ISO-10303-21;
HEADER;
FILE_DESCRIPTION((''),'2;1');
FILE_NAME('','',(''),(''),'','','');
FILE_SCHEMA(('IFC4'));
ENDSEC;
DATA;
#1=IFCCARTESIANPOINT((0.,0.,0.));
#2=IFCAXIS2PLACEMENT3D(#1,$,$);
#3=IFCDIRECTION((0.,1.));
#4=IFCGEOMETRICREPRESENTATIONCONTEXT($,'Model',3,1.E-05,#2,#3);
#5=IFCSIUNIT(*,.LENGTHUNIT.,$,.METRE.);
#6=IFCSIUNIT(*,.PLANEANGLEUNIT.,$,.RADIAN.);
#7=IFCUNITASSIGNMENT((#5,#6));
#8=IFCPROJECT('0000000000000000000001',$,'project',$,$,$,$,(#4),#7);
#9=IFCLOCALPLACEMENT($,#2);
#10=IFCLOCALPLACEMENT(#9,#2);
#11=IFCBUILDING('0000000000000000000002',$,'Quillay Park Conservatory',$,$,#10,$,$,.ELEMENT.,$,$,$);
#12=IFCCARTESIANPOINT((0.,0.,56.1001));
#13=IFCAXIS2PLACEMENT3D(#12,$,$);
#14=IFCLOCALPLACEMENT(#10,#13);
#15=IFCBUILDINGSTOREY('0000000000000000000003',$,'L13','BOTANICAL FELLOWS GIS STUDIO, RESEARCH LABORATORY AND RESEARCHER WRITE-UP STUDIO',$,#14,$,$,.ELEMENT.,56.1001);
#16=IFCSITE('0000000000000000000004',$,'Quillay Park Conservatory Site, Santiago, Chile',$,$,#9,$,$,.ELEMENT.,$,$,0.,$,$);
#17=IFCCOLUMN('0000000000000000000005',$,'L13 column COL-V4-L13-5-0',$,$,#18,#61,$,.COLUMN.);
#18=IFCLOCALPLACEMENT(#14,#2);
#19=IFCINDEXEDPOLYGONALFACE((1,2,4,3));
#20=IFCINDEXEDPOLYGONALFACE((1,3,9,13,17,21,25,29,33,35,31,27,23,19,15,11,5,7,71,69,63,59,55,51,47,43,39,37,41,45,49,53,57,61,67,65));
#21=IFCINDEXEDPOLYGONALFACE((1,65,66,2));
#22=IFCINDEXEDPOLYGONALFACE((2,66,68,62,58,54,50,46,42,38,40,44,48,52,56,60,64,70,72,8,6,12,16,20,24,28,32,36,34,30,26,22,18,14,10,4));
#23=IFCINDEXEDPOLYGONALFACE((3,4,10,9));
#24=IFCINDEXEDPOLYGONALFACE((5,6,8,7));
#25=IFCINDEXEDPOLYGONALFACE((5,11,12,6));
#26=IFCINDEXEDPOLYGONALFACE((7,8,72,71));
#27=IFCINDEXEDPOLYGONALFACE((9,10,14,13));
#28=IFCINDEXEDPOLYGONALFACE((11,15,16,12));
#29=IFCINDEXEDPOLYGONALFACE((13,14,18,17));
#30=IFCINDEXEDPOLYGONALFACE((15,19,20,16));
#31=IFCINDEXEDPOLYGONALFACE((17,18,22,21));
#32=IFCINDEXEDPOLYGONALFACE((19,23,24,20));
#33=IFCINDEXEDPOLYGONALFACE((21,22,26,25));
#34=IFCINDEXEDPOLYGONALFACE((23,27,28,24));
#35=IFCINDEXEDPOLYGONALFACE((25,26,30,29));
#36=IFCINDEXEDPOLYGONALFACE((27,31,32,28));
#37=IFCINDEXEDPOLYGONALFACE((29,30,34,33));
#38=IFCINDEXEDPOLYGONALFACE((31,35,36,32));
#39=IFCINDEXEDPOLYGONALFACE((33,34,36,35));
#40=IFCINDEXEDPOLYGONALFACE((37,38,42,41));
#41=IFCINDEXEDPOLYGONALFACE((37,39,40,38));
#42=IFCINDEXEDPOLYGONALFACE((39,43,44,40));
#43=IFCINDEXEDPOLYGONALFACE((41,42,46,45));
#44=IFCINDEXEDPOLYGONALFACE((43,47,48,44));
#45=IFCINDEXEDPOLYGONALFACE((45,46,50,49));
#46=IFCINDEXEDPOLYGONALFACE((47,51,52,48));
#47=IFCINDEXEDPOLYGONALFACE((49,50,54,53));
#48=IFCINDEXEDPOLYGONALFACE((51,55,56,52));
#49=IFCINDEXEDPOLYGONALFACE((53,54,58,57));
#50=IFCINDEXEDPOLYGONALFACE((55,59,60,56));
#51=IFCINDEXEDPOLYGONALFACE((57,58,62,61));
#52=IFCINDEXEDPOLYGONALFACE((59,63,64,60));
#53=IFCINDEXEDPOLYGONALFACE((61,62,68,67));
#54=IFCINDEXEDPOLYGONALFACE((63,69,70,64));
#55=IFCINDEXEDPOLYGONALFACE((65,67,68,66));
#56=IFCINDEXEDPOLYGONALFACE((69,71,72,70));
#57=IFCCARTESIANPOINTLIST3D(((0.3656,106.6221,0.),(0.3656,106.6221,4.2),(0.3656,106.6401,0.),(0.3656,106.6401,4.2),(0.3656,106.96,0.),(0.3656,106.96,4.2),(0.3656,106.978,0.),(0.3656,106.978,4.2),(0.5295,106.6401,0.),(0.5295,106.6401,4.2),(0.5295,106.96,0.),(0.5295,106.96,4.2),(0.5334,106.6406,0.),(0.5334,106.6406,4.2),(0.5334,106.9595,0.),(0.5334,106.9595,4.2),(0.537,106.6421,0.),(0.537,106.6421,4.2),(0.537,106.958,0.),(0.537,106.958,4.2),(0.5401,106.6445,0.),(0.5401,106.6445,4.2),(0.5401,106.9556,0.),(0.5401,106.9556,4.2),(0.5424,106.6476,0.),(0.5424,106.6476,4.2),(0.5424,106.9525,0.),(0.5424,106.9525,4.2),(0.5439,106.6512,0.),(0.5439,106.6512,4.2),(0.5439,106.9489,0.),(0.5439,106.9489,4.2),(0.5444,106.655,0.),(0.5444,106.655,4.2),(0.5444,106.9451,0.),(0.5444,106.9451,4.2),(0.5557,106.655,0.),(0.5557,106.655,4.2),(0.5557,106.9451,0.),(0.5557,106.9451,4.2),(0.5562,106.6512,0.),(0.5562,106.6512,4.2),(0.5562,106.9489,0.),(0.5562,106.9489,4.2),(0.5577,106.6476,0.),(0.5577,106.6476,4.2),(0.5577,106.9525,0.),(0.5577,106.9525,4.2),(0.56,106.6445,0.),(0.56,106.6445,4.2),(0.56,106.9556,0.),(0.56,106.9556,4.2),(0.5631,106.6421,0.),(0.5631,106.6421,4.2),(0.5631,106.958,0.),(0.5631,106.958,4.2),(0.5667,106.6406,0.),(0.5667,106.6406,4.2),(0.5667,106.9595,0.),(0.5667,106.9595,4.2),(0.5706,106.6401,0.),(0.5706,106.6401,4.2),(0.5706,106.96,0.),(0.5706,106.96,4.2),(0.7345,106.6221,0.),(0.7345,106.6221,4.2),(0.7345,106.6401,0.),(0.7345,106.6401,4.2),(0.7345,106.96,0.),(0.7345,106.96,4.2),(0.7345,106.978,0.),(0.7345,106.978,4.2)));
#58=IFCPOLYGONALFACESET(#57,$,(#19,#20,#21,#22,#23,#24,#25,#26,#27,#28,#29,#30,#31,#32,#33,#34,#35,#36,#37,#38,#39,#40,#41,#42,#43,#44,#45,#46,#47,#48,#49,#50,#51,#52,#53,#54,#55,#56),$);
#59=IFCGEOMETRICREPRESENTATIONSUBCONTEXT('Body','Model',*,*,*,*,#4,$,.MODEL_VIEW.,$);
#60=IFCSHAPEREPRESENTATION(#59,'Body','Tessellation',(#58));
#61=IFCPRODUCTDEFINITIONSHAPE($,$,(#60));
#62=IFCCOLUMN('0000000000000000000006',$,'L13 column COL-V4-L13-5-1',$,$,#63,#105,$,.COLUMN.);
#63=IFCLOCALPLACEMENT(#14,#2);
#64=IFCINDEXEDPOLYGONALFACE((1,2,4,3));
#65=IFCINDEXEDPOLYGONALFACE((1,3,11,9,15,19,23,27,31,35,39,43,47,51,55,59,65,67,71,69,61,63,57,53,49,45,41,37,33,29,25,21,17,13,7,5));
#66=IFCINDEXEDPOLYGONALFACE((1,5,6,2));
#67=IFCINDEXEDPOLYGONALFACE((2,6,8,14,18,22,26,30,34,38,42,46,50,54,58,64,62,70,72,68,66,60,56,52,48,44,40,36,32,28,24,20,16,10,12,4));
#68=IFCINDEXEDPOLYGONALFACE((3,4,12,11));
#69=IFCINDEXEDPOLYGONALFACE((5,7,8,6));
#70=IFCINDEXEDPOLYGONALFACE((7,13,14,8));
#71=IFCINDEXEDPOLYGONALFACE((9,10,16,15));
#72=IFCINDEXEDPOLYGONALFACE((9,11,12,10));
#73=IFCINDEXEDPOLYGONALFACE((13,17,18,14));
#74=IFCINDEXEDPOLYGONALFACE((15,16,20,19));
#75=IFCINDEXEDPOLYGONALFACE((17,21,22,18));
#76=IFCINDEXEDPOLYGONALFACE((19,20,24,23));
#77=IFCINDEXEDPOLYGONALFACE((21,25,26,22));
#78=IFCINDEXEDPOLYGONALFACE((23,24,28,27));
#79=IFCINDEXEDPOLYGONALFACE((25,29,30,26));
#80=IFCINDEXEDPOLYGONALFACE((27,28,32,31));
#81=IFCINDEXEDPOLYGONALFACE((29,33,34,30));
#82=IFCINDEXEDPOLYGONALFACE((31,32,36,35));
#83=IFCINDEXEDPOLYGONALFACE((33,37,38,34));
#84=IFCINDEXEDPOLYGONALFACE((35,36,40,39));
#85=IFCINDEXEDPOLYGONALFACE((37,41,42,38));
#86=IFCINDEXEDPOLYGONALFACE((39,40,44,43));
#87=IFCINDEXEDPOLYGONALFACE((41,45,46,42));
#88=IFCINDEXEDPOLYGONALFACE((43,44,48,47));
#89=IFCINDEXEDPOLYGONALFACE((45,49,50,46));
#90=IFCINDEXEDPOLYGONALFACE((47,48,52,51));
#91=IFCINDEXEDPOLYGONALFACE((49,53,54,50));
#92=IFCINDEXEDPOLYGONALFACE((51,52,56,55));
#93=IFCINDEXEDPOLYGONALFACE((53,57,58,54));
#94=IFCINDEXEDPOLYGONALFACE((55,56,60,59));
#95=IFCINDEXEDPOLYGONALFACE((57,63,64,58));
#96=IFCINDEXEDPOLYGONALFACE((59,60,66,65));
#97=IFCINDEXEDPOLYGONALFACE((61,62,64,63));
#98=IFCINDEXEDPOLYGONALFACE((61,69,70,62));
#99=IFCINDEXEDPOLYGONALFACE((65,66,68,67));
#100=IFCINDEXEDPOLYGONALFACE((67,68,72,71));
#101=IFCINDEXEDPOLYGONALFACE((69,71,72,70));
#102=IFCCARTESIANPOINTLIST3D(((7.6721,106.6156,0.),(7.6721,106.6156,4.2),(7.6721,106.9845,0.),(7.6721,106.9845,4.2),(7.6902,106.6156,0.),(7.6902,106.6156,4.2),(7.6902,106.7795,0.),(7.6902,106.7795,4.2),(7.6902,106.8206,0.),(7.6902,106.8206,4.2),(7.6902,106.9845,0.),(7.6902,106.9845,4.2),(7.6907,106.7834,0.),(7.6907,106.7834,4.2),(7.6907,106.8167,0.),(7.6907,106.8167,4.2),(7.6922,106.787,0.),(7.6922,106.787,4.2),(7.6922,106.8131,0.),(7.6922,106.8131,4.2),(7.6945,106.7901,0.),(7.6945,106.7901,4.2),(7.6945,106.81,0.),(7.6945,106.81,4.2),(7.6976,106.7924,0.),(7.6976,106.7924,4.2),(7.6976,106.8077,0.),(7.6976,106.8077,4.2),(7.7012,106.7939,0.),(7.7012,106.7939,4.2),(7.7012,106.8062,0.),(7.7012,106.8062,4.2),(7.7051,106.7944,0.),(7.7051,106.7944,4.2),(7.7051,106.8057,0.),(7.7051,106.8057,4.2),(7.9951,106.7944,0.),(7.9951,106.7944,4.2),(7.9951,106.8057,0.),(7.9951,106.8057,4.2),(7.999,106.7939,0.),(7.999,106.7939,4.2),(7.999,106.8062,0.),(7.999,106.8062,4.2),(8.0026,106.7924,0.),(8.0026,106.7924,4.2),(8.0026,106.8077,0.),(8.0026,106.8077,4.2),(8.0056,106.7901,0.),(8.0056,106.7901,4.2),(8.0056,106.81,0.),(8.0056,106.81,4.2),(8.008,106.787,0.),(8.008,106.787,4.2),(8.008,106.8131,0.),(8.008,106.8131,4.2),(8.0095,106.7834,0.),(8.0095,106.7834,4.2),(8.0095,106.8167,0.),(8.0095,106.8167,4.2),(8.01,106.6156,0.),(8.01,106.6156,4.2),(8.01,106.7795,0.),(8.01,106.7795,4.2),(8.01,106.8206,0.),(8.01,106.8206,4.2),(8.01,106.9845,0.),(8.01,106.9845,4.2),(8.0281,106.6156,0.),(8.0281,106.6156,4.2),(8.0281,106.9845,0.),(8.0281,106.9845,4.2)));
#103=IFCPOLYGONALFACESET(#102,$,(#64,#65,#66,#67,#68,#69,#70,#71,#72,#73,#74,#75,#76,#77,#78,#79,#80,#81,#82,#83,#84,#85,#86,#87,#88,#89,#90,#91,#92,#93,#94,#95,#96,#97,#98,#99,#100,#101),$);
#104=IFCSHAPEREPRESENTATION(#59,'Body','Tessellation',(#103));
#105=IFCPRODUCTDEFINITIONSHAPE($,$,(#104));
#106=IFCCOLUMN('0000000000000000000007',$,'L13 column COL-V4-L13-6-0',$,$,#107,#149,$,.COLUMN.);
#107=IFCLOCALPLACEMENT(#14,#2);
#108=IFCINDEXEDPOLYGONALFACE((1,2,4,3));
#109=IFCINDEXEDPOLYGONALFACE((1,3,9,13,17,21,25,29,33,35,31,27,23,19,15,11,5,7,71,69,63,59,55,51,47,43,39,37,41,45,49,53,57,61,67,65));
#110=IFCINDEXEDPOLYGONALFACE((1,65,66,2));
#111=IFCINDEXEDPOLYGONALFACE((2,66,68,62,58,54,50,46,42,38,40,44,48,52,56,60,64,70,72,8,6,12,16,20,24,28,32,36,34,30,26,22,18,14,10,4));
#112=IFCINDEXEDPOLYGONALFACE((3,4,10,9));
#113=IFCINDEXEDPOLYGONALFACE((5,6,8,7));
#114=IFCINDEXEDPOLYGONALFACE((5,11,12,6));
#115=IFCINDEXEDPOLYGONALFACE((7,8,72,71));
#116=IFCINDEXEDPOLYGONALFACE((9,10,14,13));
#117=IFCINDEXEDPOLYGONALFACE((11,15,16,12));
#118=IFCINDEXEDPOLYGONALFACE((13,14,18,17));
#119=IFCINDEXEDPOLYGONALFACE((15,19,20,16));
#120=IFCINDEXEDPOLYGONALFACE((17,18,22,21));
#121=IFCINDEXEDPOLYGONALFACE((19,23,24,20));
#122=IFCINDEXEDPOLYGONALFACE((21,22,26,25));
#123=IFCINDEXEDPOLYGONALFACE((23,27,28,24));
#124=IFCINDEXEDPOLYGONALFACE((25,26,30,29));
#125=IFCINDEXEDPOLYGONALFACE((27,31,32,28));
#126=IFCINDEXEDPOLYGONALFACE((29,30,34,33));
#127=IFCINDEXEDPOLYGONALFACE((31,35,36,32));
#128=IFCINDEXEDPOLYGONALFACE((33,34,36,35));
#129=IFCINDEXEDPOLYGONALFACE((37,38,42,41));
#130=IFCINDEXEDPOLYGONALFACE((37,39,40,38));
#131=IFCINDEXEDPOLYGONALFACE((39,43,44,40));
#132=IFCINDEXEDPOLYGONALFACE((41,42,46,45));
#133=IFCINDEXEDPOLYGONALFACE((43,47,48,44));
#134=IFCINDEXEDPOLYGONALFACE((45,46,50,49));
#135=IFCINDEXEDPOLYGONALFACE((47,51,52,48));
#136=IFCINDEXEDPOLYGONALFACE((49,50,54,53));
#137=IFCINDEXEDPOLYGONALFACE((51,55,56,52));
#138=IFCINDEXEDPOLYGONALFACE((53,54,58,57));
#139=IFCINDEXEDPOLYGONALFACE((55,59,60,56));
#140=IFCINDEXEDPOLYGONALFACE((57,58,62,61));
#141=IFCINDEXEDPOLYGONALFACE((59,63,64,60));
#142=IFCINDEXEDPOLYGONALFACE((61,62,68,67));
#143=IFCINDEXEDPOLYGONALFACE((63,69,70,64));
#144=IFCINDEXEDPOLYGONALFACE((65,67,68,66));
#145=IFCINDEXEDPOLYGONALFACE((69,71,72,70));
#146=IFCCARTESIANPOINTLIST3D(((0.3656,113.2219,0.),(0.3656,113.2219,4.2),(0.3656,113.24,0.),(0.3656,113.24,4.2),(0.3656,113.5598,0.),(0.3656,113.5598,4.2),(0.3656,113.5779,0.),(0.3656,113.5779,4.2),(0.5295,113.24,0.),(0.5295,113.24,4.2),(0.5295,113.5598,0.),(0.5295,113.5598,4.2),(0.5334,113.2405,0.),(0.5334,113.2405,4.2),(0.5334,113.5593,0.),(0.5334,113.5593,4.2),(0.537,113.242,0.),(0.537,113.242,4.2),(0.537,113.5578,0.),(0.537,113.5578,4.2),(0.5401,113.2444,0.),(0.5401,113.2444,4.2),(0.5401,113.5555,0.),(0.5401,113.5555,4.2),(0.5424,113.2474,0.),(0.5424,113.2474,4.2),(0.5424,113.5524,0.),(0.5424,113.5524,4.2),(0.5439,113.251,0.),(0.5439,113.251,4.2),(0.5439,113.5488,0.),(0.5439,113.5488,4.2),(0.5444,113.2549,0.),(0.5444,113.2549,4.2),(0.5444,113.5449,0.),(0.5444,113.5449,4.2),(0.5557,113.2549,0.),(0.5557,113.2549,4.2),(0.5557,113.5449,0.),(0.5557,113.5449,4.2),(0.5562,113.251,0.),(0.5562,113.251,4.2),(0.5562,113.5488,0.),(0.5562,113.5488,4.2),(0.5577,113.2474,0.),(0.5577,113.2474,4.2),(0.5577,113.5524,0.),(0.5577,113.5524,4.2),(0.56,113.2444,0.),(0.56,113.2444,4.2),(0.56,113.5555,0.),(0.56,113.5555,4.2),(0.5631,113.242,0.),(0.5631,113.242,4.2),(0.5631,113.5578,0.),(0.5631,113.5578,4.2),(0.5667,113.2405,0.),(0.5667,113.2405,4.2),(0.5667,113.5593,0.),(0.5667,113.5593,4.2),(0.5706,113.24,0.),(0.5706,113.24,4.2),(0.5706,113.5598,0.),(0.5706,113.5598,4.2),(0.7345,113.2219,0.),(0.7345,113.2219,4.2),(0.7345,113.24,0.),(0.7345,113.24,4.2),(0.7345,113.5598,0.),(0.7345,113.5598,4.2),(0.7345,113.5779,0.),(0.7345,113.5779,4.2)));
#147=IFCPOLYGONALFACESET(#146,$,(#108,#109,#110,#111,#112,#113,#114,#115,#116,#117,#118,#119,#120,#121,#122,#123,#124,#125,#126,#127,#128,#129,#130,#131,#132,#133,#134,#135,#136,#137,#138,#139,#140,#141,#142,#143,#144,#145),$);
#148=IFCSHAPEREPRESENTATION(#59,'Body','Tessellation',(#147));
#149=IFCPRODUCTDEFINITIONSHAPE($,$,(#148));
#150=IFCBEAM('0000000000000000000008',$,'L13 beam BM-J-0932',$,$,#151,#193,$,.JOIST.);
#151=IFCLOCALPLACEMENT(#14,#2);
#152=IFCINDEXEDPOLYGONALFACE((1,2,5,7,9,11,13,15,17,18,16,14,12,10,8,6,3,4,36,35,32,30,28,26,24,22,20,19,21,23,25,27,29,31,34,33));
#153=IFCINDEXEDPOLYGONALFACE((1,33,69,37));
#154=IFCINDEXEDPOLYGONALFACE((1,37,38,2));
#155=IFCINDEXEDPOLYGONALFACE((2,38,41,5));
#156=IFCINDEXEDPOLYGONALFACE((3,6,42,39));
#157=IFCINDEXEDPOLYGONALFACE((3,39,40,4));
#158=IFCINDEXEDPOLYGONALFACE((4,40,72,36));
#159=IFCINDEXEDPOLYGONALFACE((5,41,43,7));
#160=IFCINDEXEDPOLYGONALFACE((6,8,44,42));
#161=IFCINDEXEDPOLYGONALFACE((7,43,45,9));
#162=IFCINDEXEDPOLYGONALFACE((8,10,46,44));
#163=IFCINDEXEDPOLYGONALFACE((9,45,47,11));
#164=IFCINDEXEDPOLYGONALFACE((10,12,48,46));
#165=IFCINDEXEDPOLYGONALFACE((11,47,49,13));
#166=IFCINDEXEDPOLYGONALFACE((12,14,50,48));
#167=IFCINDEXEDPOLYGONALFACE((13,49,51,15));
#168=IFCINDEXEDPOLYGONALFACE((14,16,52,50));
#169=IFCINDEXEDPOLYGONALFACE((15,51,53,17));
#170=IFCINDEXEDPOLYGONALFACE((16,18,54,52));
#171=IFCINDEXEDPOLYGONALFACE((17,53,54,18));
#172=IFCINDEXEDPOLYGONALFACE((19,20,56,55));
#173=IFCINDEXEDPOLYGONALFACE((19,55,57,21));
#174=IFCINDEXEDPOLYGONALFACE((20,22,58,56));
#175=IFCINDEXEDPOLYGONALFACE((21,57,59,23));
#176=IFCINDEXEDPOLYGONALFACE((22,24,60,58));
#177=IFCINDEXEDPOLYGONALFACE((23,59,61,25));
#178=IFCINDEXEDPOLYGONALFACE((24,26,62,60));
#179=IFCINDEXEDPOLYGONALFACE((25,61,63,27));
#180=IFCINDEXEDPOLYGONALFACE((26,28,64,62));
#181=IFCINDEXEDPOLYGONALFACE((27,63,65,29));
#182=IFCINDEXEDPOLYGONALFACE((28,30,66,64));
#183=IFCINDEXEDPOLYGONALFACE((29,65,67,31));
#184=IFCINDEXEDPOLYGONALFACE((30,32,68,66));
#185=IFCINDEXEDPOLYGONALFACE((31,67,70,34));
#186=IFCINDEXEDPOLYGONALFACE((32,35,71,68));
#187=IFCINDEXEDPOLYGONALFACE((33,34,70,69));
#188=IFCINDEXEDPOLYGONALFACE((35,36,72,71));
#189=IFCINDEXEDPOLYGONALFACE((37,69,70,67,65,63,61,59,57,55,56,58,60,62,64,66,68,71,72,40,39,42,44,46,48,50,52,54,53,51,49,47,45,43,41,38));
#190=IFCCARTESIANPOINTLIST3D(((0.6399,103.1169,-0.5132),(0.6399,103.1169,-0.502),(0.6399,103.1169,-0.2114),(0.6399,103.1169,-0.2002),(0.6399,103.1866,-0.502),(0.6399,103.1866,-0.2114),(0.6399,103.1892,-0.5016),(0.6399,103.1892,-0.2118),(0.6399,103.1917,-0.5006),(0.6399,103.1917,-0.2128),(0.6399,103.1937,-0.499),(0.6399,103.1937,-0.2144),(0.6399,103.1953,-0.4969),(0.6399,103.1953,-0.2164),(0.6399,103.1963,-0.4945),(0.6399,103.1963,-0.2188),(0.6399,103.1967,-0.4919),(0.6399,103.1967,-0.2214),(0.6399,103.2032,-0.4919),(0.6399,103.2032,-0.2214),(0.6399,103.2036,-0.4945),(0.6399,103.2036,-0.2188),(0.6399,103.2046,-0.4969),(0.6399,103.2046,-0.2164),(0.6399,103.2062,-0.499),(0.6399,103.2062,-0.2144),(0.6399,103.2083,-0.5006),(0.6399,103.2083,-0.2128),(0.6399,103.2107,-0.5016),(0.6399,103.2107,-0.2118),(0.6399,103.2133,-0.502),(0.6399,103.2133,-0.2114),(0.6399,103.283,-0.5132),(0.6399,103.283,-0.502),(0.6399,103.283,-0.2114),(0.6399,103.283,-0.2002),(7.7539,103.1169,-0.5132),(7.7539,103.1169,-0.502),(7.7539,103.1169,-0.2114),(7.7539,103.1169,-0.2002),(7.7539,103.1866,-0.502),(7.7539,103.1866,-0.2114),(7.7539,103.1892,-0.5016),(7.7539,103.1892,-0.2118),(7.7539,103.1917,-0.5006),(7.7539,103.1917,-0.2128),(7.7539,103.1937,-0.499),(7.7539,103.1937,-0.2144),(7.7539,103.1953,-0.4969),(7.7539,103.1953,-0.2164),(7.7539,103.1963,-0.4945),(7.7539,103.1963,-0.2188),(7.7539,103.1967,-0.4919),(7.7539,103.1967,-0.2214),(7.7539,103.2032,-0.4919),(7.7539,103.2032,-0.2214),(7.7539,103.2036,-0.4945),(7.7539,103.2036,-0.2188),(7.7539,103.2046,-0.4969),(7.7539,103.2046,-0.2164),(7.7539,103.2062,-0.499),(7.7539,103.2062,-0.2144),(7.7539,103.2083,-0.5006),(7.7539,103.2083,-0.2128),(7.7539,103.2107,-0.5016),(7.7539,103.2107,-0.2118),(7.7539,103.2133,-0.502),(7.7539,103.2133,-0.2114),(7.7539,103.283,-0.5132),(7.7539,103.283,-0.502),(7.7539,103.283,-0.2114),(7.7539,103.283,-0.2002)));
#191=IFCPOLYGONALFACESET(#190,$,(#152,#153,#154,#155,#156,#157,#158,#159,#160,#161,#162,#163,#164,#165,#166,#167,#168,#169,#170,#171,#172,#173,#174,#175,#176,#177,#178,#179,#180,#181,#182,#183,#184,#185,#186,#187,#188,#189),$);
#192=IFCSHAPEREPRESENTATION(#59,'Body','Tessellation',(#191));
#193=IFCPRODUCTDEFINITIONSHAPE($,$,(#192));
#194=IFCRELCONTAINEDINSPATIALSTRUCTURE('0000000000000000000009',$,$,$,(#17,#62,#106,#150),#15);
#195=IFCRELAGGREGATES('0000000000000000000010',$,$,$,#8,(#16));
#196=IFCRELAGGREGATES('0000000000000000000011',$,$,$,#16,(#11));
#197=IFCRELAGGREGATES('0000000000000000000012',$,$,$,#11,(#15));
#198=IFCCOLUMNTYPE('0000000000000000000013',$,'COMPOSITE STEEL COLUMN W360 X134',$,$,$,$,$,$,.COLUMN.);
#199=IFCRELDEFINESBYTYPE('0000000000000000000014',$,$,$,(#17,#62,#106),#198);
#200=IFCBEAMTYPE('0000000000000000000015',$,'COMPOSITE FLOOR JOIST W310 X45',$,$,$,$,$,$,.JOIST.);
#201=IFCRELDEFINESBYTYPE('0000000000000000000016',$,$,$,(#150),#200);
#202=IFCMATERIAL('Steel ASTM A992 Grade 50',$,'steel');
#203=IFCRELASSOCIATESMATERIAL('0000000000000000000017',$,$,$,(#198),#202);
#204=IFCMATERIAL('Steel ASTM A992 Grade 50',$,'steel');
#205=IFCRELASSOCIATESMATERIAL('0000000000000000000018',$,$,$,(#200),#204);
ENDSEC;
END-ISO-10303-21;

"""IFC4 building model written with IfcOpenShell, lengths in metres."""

from ifc_helpers import new_model, si_unit, direction, frame, origin, origin_2d, place, context, subcontext, project, spatial, i_section, extrude, material, material_profile, profile_set, type_object, element, save


model = new_model("IFC4")

# Units and contexts
model_context = context("Model", 3, precision=1e-05, world=origin(), true_north=direction((0.0, 1.0)))
body_context = subcontext(model_context, "Body", "Model", "MODEL_VIEW")
ifc_project = project(units=[si_unit("LENGTHUNIT", "METRE"), si_unit("PLANEANGLEUNIT", "RADIAN")], contexts=[model_context])

# Site, building, storey
site_placement = place(None, origin())
site = spatial("IfcSite", under=ifc_project, at=site_placement, Name="Quillay Park Conservatory Site, Santiago, Chile", CompositionType="ELEMENT", RefElevation=0.0)
building_placement = place(site_placement, origin())
building = spatial("IfcBuilding", under=site, at=building_placement, Name="Quillay Park Conservatory", CompositionType="ELEMENT")
storey_placement = place(building_placement, frame((0.0, 0.0, 56.1001)))
storey = spatial("IfcBuildingStorey", under=building, at=storey_placement, Name="L13", Description="BOTANICAL FELLOWS GIS STUDIO, RESEARCH LABORATORY AND RESEARCHER WRITE-UP STUDIO", CompositionType="ELEMENT", Elevation=56.1001)

# Columns
ifc_material_1 = material(Name="Steel ASTM A992 Grade 50", Category="steel")
ifc_material_profile_1 = material_profile(ifc_material_1, i_section(OverallWidth=0.3689, OverallDepth=0.356, WebThickness=0.0112, FlangeThickness=0.0181, FilletRadius=0.0149, at=origin_2d()), Name="W360x134")
ifc_profile_set_1 = profile_set([ifc_material_profile_1], Name="Steel ASTM A992 Grade 50")
column_type = type_object("IfcColumnType", Name="COMPOSITE STEEL COLUMN W360 X134", PredefinedType="COLUMN", material=ifc_profile_set_1)
for number, where, z_axis, x_axis, name in (
    (1, (0.55, 106.8, 0.0), (0.0, 0.0, 1.0), (1.0, 0.0, 0.0), "L13 column COL-V4-L13-5-0"),
    (2, (7.8501, 106.8, 0.0), (0.0, 0.0, 1.0), (0.0, 1.0, 0.0), "L13 column COL-V4-L13-5-1"),
    (3, (0.55, 113.3999, 0.0), (0.0, 0.0, 1.0), (1.0, 0.0, 0.0), "L13 column COL-V4-L13-6-0"),
):
    element("IfcColumn", number, at=place(storey_placement, frame(where, z_axis=z_axis, x_axis=x_axis)), inside=storey, type_object=column_type, Name=name, PredefinedType="COLUMN", context=body_context, shape_type="SweptSolid", body=[
        extrude(i_section(OverallWidth=0.3689, OverallDepth=0.356, WebThickness=0.0112, FlangeThickness=0.0181, FilletRadius=0.0149, at=origin_2d()), origin(), (0.0, 0.0, 1.0), 4.2),
    ])

# Beam
ifc_material_2 = material(Name="Steel ASTM A992 Grade 50", Category="steel")
ifc_material_profile_2 = material_profile(ifc_material_2, i_section(OverallWidth=0.166, OverallDepth=0.313, WebThickness=0.0066, FlangeThickness=0.0112, FilletRadius=0.01, at=origin_2d()), Name="W310x45")
ifc_profile_set_2 = profile_set([ifc_material_profile_2], Name="Steel ASTM A992 Grade 50")
beam_type_1 = type_object("IfcBeamType", Name="COMPOSITE FLOOR JOIST W310 X45", PredefinedType="JOIST", material=ifc_profile_set_2)
beam_1_placement = place(storey_placement, frame((0.6399, 103.2, -0.3567), z_axis=(1.0, 0.0, 0.0), x_axis=(0.0, 1.0, 0.0)))
element("IfcBeam", 4, at=beam_1_placement, inside=storey, type_object=beam_type_1, Name="L13 beam BM-J-0932", PredefinedType="JOIST", context=body_context, shape_type="SweptSolid", body=[
    extrude(i_section(OverallWidth=0.166, OverallDepth=0.313, WebThickness=0.0066, FlangeThickness=0.0112, FilletRadius=0.01, at=origin_2d()), origin(), (0.0, 0.0, 1.0), 7.114),
])

save(model, "model.ifc")
